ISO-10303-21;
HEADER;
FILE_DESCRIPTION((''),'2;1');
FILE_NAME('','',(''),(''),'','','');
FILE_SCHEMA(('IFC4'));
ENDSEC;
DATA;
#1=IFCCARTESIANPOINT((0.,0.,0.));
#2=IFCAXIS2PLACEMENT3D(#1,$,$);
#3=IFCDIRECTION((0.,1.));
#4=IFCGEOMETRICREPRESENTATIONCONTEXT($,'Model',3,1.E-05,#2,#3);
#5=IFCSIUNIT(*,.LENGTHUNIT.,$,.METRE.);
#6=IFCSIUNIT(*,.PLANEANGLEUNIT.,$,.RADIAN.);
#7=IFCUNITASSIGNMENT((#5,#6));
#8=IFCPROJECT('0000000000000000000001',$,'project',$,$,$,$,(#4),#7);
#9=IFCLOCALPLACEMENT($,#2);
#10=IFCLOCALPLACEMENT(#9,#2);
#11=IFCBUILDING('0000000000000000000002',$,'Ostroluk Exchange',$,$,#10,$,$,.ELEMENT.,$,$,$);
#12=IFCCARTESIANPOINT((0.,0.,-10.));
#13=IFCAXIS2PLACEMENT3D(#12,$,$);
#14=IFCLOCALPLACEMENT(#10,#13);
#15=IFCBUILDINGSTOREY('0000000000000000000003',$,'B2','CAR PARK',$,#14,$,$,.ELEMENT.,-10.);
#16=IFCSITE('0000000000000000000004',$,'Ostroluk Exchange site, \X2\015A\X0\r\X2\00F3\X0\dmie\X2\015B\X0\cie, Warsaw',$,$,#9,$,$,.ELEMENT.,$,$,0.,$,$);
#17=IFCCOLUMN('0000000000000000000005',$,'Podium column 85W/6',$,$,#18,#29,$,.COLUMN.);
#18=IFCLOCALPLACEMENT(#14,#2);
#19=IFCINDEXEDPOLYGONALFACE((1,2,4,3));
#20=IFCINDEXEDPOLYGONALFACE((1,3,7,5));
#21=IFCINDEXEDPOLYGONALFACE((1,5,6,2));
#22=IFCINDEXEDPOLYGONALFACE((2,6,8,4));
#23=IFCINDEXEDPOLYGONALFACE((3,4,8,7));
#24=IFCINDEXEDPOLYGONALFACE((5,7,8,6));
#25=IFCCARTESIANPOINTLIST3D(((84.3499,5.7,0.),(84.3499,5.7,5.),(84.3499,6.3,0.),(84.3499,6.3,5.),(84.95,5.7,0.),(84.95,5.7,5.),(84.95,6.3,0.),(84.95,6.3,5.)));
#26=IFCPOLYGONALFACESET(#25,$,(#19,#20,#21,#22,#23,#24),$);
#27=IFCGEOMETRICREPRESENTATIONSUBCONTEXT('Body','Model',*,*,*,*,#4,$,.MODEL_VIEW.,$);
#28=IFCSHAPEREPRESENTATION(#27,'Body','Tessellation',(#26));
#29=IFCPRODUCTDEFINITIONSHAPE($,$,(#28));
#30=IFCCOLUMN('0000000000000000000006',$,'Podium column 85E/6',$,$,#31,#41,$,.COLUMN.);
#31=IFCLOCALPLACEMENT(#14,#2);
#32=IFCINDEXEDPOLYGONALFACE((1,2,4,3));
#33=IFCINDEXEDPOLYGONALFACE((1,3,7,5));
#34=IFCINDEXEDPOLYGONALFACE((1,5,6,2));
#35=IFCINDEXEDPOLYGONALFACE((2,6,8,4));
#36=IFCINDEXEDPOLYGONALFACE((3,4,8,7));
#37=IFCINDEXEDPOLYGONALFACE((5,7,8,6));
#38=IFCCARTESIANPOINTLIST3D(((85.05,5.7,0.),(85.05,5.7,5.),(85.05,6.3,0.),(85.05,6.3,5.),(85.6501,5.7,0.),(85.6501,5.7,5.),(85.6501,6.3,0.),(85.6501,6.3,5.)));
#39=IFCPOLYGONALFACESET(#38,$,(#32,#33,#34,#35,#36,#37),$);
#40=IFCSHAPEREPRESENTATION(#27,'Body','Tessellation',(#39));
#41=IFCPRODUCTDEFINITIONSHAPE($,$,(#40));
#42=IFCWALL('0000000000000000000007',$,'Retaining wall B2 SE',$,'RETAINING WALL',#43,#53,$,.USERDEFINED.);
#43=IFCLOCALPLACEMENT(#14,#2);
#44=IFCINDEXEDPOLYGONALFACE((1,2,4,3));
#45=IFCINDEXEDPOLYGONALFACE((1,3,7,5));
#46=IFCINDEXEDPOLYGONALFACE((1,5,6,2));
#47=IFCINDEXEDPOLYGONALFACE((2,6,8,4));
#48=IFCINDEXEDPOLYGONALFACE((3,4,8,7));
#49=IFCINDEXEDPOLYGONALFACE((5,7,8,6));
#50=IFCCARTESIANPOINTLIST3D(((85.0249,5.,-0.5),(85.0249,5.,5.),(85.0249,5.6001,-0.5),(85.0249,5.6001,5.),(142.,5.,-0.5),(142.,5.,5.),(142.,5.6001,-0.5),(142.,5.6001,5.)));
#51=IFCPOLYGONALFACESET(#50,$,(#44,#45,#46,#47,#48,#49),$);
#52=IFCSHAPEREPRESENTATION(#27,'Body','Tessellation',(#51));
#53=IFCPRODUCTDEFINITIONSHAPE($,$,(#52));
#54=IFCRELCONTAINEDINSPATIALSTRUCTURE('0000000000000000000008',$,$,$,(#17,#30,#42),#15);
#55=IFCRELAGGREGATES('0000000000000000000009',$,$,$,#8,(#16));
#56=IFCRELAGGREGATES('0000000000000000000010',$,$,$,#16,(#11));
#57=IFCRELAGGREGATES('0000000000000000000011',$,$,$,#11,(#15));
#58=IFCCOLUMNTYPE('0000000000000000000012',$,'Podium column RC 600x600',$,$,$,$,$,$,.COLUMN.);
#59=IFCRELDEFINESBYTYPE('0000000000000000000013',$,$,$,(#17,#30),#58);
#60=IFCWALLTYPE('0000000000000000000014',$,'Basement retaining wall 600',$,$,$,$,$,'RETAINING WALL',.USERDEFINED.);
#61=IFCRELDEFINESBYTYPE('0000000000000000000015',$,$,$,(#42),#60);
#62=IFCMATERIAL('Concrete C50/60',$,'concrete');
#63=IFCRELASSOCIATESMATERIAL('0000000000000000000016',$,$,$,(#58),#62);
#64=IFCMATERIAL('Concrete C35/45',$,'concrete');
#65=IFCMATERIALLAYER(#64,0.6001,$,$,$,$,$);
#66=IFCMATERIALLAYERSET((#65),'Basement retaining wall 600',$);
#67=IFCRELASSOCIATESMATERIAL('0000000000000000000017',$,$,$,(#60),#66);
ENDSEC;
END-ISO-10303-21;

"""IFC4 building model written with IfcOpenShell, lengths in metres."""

from ifc_helpers import new_model, si_unit, direction, frame, frame_2d, origin, origin_2d, place, context, subcontext, project, spatial, rectangle, extrude, material, layer, layer_set, material_profile, profile_set, type_object, element, save


model = new_model("IFC4")

# Units and contexts
model_context = context("Model", 3, precision=1e-05, world=origin(), true_north=direction((0.0, 1.0)))
body_context = subcontext(model_context, "Body", "Model", "MODEL_VIEW")
ifc_project = project(units=[si_unit("LENGTHUNIT", "METRE"), si_unit("PLANEANGLEUNIT", "RADIAN")], contexts=[model_context])

# Site, building, storey
site_placement = place(None, origin())
site = spatial("IfcSite", under=ifc_project, at=site_placement, Name="Ostroluk Exchange site, Śródmieście, Warsaw", CompositionType="ELEMENT", RefElevation=0.0)
building_placement = place(site_placement, origin())
building = spatial("IfcBuilding", under=site, at=building_placement, Name="Ostroluk Exchange", CompositionType="ELEMENT")
storey_placement = place(building_placement, frame((0.0, 0.0, -10.0)))
storey = spatial("IfcBuildingStorey", under=building, at=storey_placement, Name="B2", Description="CAR PARK", CompositionType="ELEMENT", Elevation=-10.0)

# Columns
ifc_material_1 = material(Name="Concrete C50/60", Category="concrete")
ifc_material_profile_1 = material_profile(ifc_material_1, rectangle(XDim=0.6001, YDim=0.6001, at=origin_2d()), Name="RC 600x600")
ifc_profile_set_1 = profile_set([ifc_material_profile_1], Name="Concrete C50/60")
column_type_1 = type_object("IfcColumnType", Name="Podium column RC 600x600", PredefinedType="COLUMN", material=ifc_profile_set_1)
for number, where, z_axis, x_axis, name in (
    (1, (84.6499, 6.0, 0.0), (0.0, 0.0, 1.0), (1.0, 0.0, 0.0), "Podium column 85W/6"),
    (2, (85.3501, 6.0, 0.0), (0.0, 0.0, 1.0), (1.0, 0.0, 0.0), "Podium column 85E/6"),
):
    element("IfcColumn", number, at=place(storey_placement, frame(where, z_axis=z_axis, x_axis=x_axis)), inside=storey, type_object=column_type_1, Name=name, PredefinedType="COLUMN", context=body_context, shape_type="SweptSolid", body=[
        extrude(rectangle(XDim=0.6001, YDim=0.6001, at=origin_2d()), origin(), (0.0, 0.0, 1.0), 5.0),
    ])

# Wall
ifc_material_2 = material(Name="Concrete C35/45", Category="concrete")
ifc_layer_1 = layer(ifc_material_2, 0.6001)
ifc_layer_set_1 = layer_set([ifc_layer_1], Name="Basement retaining wall 600")
wall_type = type_object("IfcWallType", Name="Basement retaining wall 600", ElementType="RETAINING WALL", PredefinedType="USERDEFINED", material=ifc_layer_set_1)
wall_placement = place(storey_placement, frame((85.0249, 5.3, -0.5), z_axis=(0.0, 0.0, 1.0), x_axis=(1.0, 0.0, 0.0)))
element("IfcWall", 3, at=wall_placement, inside=storey, type_object=wall_type, Name="Retaining wall B2 SE", ObjectType="RETAINING WALL", PredefinedType="USERDEFINED", context=body_context, shape_type="SweptSolid", body=[
    extrude(rectangle(XDim=56.9751, YDim=0.6001, at=frame_2d((28.4875, 0.0))), origin(), (0.0, 0.0, 1.0), 5.5),
])

save(model, "model.ifc")
